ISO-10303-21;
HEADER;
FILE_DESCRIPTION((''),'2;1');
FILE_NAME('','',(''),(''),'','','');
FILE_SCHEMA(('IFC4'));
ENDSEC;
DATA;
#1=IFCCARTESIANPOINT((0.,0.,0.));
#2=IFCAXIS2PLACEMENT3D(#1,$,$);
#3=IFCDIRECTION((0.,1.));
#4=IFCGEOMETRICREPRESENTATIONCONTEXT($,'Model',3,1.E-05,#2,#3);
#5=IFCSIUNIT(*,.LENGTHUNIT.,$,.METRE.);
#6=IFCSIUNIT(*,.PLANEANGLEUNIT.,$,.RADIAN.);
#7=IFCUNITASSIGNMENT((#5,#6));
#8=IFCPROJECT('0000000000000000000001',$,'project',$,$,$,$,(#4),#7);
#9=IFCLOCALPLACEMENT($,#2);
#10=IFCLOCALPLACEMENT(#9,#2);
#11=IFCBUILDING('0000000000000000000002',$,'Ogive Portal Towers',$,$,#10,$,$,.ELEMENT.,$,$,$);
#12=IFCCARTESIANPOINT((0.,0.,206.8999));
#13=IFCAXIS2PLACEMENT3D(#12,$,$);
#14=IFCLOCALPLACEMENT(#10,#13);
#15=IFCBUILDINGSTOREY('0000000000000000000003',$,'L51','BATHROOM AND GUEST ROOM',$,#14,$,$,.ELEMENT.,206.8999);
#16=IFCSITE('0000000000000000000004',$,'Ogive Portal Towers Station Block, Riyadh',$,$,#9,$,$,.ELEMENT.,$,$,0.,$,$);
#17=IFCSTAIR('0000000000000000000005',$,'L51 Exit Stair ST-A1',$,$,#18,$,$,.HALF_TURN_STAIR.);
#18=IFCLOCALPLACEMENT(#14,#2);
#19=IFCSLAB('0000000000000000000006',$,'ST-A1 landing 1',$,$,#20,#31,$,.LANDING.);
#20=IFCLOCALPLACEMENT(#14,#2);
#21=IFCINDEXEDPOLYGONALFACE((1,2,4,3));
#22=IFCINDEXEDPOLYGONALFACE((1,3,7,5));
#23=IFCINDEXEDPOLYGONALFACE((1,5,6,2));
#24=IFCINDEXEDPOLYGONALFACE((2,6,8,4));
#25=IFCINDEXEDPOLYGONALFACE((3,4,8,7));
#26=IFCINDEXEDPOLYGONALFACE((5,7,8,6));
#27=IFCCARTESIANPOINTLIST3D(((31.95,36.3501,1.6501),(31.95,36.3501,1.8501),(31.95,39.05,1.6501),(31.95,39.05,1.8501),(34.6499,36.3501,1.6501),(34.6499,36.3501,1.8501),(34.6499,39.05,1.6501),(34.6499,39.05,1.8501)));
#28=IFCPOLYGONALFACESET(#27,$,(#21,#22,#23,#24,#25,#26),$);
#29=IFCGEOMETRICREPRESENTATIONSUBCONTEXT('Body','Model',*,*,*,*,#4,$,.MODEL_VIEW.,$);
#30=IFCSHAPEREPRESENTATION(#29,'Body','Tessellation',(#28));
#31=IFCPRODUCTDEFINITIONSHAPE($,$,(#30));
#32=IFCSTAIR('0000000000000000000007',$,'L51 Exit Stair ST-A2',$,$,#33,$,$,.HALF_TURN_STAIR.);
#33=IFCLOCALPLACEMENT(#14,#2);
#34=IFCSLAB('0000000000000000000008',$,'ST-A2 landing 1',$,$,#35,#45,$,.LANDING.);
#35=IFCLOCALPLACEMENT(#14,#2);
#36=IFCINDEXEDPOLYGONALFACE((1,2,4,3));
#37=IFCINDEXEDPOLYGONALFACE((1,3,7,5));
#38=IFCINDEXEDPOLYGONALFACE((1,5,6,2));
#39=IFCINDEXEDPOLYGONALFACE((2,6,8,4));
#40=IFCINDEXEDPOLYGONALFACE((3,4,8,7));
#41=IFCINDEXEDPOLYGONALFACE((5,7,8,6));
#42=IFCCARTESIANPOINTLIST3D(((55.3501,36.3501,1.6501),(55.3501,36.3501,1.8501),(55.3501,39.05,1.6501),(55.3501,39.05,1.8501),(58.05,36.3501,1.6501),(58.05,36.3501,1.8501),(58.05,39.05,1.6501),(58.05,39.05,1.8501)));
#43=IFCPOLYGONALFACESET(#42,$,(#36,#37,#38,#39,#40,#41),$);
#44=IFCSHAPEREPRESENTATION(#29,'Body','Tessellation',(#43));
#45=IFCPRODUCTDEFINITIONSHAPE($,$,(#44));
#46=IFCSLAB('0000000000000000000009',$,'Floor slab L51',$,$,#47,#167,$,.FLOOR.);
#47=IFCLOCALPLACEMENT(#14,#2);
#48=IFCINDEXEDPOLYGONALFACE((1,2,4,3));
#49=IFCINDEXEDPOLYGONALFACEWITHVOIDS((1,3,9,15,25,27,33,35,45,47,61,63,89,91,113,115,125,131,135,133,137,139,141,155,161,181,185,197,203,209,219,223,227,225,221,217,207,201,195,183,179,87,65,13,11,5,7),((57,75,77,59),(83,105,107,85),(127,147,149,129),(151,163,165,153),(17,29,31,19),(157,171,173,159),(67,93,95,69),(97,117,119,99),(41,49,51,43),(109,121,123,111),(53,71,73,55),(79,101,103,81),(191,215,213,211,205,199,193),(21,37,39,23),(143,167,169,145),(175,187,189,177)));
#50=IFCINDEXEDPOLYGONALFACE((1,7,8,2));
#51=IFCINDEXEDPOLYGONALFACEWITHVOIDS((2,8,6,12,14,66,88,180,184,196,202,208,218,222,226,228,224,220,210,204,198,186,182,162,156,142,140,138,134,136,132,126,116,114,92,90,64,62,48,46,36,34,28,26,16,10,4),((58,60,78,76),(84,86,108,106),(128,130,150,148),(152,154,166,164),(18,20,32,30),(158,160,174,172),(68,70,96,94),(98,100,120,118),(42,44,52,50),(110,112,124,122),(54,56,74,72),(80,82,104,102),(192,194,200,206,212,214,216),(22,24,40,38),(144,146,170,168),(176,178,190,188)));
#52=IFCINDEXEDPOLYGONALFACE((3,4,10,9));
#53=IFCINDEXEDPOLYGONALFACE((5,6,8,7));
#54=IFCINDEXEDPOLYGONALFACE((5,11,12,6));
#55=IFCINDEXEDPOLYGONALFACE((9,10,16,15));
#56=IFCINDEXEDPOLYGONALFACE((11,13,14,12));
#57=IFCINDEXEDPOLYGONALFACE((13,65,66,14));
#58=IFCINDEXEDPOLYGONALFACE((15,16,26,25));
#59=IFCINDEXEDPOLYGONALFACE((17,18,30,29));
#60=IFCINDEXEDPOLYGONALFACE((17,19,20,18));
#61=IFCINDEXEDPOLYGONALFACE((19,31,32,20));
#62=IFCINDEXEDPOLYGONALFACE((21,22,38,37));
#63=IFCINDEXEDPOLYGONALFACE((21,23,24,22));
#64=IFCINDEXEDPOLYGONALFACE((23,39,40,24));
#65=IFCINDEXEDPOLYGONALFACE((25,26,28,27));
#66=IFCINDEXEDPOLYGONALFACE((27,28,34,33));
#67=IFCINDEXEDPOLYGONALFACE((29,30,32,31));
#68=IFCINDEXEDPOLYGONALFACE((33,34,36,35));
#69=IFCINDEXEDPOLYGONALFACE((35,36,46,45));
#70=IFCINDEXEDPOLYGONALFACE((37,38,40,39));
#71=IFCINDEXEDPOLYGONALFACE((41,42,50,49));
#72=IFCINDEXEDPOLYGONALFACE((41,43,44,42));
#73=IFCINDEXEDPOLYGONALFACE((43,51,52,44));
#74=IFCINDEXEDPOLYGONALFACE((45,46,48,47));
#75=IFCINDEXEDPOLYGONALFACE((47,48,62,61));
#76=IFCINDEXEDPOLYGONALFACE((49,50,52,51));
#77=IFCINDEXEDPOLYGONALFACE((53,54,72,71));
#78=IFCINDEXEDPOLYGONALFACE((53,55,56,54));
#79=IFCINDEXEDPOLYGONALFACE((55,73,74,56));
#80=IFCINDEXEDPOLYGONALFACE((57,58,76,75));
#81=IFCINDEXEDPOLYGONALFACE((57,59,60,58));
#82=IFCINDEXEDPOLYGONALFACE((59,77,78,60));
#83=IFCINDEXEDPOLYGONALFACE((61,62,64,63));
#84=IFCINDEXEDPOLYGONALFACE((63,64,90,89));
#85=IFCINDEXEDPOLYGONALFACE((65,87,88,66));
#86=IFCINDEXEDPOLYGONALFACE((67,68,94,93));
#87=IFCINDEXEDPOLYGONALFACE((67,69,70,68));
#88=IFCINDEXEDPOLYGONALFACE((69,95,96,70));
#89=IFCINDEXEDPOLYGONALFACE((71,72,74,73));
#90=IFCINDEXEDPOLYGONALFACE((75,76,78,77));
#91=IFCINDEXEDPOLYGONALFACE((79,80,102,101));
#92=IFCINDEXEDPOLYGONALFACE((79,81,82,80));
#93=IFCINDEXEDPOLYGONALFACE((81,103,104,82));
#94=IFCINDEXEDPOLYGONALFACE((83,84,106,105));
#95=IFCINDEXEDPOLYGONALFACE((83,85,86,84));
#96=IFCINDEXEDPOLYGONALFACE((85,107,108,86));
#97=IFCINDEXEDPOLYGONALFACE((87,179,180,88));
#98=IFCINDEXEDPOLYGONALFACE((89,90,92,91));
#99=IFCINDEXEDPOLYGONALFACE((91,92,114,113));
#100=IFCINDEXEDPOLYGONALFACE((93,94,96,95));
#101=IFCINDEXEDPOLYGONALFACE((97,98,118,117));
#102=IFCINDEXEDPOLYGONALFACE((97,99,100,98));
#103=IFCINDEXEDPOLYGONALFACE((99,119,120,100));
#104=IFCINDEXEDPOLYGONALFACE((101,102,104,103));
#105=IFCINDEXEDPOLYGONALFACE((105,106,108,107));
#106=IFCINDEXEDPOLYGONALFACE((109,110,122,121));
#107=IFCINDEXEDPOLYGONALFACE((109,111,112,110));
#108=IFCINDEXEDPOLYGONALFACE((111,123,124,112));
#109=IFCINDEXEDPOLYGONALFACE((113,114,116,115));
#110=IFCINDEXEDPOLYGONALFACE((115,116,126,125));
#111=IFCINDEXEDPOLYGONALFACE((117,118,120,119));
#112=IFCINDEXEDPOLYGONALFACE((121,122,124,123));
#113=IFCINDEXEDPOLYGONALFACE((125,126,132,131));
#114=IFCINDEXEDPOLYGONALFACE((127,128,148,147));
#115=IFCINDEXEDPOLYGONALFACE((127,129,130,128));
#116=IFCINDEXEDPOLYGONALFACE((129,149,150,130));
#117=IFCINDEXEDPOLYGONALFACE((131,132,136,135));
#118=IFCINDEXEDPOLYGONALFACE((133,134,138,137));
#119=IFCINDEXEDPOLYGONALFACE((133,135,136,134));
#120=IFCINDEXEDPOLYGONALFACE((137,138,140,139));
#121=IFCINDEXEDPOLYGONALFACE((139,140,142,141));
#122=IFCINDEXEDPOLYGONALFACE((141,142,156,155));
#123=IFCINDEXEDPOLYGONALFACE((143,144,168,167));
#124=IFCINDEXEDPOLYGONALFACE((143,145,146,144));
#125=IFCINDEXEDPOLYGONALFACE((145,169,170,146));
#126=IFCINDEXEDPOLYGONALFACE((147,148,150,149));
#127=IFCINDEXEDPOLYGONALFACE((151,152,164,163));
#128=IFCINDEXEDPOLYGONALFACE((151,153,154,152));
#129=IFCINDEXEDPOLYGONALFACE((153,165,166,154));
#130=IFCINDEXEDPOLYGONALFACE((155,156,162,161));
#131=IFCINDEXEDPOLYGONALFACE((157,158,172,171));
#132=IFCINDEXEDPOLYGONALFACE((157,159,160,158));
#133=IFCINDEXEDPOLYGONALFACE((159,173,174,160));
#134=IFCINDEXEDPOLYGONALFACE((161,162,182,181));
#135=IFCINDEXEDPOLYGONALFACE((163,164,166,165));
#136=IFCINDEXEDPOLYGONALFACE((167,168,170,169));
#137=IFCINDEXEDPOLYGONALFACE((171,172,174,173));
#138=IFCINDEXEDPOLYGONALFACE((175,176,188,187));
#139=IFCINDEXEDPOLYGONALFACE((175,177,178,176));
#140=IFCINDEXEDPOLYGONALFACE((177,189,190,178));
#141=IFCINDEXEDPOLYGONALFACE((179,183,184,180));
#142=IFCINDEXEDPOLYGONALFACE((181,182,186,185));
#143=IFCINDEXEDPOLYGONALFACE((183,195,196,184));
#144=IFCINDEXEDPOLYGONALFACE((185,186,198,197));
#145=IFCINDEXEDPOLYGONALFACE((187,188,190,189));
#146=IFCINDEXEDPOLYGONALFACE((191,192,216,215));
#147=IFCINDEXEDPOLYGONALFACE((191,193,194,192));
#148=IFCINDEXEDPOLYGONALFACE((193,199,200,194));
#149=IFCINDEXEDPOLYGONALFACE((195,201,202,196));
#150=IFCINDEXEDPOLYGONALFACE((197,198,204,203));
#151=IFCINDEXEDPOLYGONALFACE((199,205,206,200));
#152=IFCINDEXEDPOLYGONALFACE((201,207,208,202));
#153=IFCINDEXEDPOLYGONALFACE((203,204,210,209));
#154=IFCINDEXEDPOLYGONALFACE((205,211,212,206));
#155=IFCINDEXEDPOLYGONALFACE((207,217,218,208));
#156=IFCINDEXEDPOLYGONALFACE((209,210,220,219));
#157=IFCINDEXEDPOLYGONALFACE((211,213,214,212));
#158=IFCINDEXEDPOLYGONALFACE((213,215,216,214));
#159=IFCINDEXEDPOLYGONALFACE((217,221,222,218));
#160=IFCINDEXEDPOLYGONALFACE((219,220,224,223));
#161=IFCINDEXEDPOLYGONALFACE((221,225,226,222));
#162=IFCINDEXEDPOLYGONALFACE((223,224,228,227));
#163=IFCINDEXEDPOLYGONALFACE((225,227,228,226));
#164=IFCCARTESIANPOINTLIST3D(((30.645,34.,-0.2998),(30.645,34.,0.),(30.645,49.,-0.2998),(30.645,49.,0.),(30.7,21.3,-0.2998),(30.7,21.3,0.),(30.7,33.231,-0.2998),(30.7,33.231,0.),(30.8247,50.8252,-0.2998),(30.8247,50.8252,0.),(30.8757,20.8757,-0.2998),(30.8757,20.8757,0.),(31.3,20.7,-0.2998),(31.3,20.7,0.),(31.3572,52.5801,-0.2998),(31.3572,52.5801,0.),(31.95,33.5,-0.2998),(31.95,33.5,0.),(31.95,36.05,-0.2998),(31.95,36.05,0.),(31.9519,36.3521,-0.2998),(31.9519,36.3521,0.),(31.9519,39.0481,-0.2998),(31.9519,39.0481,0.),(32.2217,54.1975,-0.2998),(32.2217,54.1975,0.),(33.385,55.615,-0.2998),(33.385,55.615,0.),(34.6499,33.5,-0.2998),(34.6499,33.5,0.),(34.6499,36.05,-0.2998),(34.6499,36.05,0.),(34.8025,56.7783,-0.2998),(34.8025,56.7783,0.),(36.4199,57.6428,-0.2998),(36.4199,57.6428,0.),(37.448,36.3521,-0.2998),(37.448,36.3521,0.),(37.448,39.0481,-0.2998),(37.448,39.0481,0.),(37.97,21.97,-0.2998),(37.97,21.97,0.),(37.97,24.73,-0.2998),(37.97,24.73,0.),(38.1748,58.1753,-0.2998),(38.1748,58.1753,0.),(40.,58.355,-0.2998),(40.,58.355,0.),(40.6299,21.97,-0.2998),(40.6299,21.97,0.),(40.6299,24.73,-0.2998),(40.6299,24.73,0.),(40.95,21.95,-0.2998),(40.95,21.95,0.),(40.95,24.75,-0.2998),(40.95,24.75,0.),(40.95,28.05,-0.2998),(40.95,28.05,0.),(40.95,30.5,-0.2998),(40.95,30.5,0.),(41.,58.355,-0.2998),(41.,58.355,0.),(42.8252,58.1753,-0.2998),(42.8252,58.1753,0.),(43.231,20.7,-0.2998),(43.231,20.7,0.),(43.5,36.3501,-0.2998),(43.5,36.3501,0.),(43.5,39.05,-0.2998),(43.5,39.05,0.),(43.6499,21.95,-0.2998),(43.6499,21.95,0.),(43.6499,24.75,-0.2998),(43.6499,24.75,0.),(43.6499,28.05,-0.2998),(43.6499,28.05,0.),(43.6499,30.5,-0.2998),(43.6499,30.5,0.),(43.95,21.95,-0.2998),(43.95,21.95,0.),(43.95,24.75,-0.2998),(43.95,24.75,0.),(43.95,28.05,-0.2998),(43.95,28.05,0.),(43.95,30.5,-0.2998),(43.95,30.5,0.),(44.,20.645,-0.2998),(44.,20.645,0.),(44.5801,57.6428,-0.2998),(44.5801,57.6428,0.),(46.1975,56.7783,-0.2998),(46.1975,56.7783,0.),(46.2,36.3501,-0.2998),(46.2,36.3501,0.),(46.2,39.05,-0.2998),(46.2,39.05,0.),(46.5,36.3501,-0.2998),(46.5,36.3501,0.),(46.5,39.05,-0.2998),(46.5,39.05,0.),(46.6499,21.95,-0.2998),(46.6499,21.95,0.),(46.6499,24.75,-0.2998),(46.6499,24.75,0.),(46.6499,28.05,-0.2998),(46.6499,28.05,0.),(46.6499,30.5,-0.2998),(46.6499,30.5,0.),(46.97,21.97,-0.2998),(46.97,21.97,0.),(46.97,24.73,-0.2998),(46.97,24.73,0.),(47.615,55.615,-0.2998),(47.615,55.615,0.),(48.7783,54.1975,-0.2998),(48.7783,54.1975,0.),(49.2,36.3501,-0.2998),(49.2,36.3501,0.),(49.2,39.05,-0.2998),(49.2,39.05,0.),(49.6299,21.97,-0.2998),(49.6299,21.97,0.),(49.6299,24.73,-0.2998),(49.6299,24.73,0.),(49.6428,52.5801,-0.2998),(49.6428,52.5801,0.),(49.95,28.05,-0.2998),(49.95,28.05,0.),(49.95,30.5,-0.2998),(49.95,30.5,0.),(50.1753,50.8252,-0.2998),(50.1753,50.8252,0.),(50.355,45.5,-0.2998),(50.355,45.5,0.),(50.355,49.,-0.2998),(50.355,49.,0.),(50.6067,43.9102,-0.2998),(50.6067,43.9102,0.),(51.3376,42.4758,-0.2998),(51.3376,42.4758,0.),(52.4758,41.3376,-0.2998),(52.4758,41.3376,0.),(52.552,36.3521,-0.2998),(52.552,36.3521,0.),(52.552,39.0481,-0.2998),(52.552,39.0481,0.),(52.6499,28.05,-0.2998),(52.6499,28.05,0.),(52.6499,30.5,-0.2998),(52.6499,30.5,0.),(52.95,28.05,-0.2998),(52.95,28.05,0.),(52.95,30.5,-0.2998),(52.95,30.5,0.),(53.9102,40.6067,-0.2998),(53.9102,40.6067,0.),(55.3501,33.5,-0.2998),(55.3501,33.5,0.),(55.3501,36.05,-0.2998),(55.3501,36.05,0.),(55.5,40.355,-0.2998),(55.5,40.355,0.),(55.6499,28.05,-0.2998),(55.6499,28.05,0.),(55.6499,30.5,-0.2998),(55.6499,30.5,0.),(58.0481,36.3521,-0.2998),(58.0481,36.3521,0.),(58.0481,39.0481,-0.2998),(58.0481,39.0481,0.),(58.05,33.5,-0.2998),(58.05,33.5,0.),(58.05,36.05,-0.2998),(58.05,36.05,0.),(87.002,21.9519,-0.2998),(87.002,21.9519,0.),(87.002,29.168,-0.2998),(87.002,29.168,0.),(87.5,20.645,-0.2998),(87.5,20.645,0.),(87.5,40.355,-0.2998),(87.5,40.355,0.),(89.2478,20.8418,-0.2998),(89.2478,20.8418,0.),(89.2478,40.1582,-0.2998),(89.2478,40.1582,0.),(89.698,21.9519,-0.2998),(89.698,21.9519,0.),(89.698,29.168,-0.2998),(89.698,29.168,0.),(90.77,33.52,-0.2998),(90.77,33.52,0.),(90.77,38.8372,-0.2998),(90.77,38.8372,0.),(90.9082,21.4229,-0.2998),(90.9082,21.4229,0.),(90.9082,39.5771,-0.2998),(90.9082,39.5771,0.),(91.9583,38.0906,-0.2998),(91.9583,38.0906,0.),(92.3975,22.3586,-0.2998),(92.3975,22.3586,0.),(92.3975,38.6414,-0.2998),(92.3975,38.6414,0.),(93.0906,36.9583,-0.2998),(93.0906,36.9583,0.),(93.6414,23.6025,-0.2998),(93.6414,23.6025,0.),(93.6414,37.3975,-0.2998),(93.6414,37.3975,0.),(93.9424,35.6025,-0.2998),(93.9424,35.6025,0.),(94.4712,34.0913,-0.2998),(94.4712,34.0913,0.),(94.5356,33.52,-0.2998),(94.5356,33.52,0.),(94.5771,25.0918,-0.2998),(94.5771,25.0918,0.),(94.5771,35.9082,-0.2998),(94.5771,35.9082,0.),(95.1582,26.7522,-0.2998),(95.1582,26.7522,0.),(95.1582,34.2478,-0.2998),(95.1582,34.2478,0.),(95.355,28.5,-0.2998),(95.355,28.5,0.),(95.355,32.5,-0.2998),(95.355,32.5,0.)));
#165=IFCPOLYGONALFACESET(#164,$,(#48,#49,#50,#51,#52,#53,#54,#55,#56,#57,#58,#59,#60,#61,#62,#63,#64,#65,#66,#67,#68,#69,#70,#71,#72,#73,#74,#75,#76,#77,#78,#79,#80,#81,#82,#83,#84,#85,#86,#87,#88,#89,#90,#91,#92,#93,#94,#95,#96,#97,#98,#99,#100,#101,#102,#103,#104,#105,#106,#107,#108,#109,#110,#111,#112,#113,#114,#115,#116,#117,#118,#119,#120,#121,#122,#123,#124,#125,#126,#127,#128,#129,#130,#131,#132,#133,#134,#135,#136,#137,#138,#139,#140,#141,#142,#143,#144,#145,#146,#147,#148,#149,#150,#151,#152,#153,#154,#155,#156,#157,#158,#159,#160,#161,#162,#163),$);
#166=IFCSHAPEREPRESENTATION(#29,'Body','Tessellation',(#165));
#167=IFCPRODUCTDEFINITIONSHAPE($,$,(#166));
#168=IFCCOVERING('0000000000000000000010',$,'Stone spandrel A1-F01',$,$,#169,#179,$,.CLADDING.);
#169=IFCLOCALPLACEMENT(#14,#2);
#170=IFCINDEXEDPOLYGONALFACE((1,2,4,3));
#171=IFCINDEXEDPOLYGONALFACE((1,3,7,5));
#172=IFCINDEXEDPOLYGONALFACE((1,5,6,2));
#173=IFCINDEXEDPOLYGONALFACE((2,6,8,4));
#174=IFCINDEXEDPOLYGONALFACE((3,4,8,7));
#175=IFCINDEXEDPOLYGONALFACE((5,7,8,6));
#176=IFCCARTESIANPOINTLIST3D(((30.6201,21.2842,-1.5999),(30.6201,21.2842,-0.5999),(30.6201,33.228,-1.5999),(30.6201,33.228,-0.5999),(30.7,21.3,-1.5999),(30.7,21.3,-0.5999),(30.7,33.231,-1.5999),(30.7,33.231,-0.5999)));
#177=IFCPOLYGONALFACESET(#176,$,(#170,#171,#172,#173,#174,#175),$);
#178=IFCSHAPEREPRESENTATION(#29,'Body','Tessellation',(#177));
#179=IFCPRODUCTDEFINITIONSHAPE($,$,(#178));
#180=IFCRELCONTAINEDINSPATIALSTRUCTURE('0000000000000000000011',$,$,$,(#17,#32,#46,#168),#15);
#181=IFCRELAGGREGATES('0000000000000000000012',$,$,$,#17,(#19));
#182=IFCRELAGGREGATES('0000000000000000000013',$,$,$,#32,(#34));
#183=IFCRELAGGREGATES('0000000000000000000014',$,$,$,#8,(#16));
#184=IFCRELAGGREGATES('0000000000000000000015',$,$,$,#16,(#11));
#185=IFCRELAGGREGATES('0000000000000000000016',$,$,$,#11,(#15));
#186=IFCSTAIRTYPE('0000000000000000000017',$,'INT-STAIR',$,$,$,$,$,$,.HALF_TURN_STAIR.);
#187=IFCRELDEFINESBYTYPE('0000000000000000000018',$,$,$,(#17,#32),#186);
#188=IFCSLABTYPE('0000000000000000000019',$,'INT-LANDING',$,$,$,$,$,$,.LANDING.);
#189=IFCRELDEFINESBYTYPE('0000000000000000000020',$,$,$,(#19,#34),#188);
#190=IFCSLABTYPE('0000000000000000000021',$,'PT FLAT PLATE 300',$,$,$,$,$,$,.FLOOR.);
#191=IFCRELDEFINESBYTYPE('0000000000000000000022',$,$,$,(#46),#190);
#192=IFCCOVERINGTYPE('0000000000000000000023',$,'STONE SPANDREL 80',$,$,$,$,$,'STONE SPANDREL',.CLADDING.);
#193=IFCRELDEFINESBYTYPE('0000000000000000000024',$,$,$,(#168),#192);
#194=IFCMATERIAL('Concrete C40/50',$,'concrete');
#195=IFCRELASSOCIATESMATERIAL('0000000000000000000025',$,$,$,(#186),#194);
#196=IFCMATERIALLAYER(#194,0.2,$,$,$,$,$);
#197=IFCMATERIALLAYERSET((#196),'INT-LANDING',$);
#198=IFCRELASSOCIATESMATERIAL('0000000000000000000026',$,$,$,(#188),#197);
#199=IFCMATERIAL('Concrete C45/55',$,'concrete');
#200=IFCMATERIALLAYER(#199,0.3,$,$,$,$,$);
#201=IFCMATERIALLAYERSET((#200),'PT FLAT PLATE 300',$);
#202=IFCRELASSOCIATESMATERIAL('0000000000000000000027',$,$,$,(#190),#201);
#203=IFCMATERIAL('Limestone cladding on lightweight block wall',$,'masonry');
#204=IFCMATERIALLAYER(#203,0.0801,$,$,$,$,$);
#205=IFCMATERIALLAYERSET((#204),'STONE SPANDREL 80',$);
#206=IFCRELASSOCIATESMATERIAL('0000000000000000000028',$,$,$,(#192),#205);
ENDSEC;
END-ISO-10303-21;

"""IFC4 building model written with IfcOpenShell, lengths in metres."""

from ifc_helpers import new_model, si_unit, direction, frame, origin, place, context, subcontext, project, spatial, polyline, outline, extrude, material, layer, layer_set, type_object, element, aggregate, save


model = new_model("IFC4")

# Units and contexts
model_context = context("Model", 3, precision=1e-05, world=origin(), true_north=direction((0.0, 1.0)))
body_context = subcontext(model_context, "Body", "Model", "MODEL_VIEW")
ifc_project = project(units=[si_unit("LENGTHUNIT", "METRE"), si_unit("PLANEANGLEUNIT", "RADIAN")], contexts=[model_context])

# Site, building, storey
site_placement = place(None, origin())
site = spatial("IfcSite", under=ifc_project, at=site_placement, Name="Ogive Portal Towers Station Block, Riyadh", CompositionType="ELEMENT", RefElevation=0.0)
building_placement = place(site_placement, origin())
building = spatial("IfcBuilding", under=site, at=building_placement, Name="Ogive Portal Towers", CompositionType="ELEMENT")
storey_placement = place(building_placement, frame((0.0, 0.0, 206.8999)))
storey = spatial("IfcBuildingStorey", under=building, at=storey_placement, Name="L51", Description="BATHROOM AND GUEST ROOM", CompositionType="ELEMENT", Elevation=206.8999)

# Stairs, slabs
ifc_material_1 = material(Name="Concrete C40/50", Category="concrete")
stair_type = type_object("IfcStairType", Name="INT-STAIR", PredefinedType="HALF_TURN_STAIR", material=ifc_material_1)
stair_1_placement = place(storey_placement, origin())
stair_1 = element("IfcStair", 1, at=stair_1_placement, inside=storey, type_object=stair_type, Name="L51 Exit Stair ST-A1", PredefinedType="HALF_TURN_STAIR")
ifc_layer_1 = layer(ifc_material_1, 0.2)
ifc_layer_set_1 = layer_set([ifc_layer_1], Name="INT-LANDING")
slab_type_1 = type_object("IfcSlabType", Name="INT-LANDING", PredefinedType="LANDING", material=ifc_layer_set_1)
slab_1_placement = place(storey_placement, frame((0.0, 0.0, 1.6501)))
slab_1 = element("IfcSlab", 2, at=slab_1_placement, type_object=slab_type_1, Name="ST-A1 landing 1", PredefinedType="LANDING", context=body_context, shape_type="SweptSolid", body=[
    extrude(outline(polyline([(34.6499, 39.05), (31.95, 39.05), (31.95, 36.3501), (34.6499, 36.3501), (34.6499, 39.05)])), origin(), (0.0, 0.0, 1.0), 0.2),
])
aggregate(stair_1, [slab_1])
stair_2_placement = place(storey_placement, origin())
stair_2 = element("IfcStair", 3, at=stair_2_placement, inside=storey, type_object=stair_type, Name="L51 Exit Stair ST-A2", PredefinedType="HALF_TURN_STAIR")
slab_2_placement = place(storey_placement, frame((0.0, 0.0, 1.6501)))
slab_2 = element("IfcSlab", 4, at=slab_2_placement, type_object=slab_type_1, Name="ST-A2 landing 1", PredefinedType="LANDING", context=body_context, shape_type="SweptSolid", body=[
    extrude(outline(polyline([(55.3501, 36.3501), (58.05, 36.3501), (58.05, 39.05), (55.3501, 39.05), (55.3501, 36.3501)])), origin(), (0.0, 0.0, 1.0), 0.2),
])
aggregate(stair_2, [slab_2])

# Slab
ifc_material_2 = material(Name="Concrete C45/55", Category="concrete")
ifc_layer_2 = layer(ifc_material_2, 0.3)
ifc_layer_set_2 = layer_set([ifc_layer_2], Name="PT FLAT PLATE 300")
slab_type_2 = type_object("IfcSlabType", Name="PT FLAT PLATE 300", PredefinedType="FLOOR", material=ifc_layer_set_2)
slab_3_placement = place(storey_placement, frame((0.0, 0.0, -0.2998)))
element("IfcSlab", 5, at=slab_3_placement, inside=storey, type_object=slab_type_2, Name="Floor slab L51", PredefinedType="FLOOR", context=body_context, shape_type="SweptSolid", body=[
    extrude(outline(polyline([(30.645, 49.0), (30.645, 34.0), (30.7, 33.231), (30.7, 21.3), (30.8757, 20.8757), (31.3, 20.7), (43.231, 20.7), (44.0, 20.645), (87.5, 20.645), (89.2478, 20.8418), (90.9082, 21.4229), (92.3975, 22.3586), (93.6414, 23.6025), (94.5771, 25.0918), (95.1582, 26.7522), (95.355, 28.5), (95.355, 32.5), (95.1582, 34.2478), (94.5771, 35.9082), (93.6414, 37.3975), (92.3975, 38.6414), (90.9082, 39.5771), (89.2478, 40.1582), (87.5, 40.355), (55.5, 40.355), (53.9102, 40.6067), (52.4758, 41.3376), (51.3376, 42.4758), (50.6067, 43.9102), (50.355, 45.5), (50.355, 49.0), (50.1753, 50.8252), (49.6428, 52.5801), (48.7783, 54.1975), (47.615, 55.615), (46.1975, 56.7783), (44.5801, 57.6428), (42.8252, 58.1753), (41.0, 58.355), (40.0, 58.355), (38.1748, 58.1753), (36.4199, 57.6428), (34.8025, 56.7783), (33.385, 55.615), (32.2217, 54.1975), (31.3572, 52.5801), (30.8247, 50.8252), (30.645, 49.0)]), holes=[polyline([(40.6299, 21.97), (37.97, 21.97), (37.97, 24.73), (40.6299, 24.73), (40.6299, 21.97)]), polyline([(43.6499, 24.75), (43.6499, 21.95), (40.95, 21.95), (40.95, 24.75), (43.6499, 24.75)]), polyline([(46.6499, 24.75), (46.6499, 21.95), (43.95, 21.95), (43.95, 24.75), (46.6499, 24.75)]), polyline([(43.6499, 30.5), (43.6499, 28.05), (40.95, 28.05), (40.95, 30.5), (43.6499, 30.5)]), polyline([(46.6499, 30.5), (46.6499, 28.05), (43.95, 28.05), (43.95, 30.5), (46.6499, 30.5)]), polyline([(34.6499, 36.05), (34.6499, 33.5), (31.95, 33.5), (31.95, 36.05), (34.6499, 36.05)]), polyline([(31.9519, 39.0481), (37.448, 39.0481), (37.448, 36.3521), (31.9519, 36.3521), (31.9519, 39.0481)]), polyline([(46.2, 39.05), (46.2, 36.3501), (43.5, 36.3501), (43.5, 39.05), (46.2, 39.05)]), polyline([(49.6299, 21.97), (46.97, 21.97), (46.97, 24.73), (49.6299, 24.73), (49.6299, 21.97)]), polyline([(87.002, 21.9519), (87.002, 29.168), (89.698, 29.168), (89.698, 21.9519), (87.002, 21.9519)]), polyline([(52.6499, 30.5), (52.6499, 28.05), (49.95, 28.05), (49.95, 30.5), (52.6499, 30.5)]), polyline([(55.6499, 30.5), (55.6499, 28.05), (52.95, 28.05), (52.95, 30.5), (55.6499, 30.5)]), polyline([(58.05, 36.05), (58.05, 33.5), (55.3501, 33.5), (55.3501, 36.05), (58.05, 36.05)]), polyline([(93.0906, 36.9583), (93.9424, 35.6025), (94.4712, 34.0913), (94.5356, 33.52), (90.77, 33.52), (90.77, 38.8372), (91.9583, 38.0906), (93.0906, 36.9583)]), polyline([(49.2, 39.05), (49.2, 36.3501), (46.5, 36.3501), (46.5, 39.05), (49.2, 39.05)]), polyline([(58.0481, 36.3521), (52.552, 36.3521), (52.552, 39.0481), (58.0481, 39.0481), (58.0481, 36.3521)])]), origin(), (0.0, 0.0, 1.0), 0.2998),
])

# Covering
ifc_material_3 = material(Name="Limestone cladding on lightweight block wall", Category="masonry")
ifc_layer_3 = layer(ifc_material_3, 0.0801)
ifc_layer_set_3 = layer_set([ifc_layer_3], Name="STONE SPANDREL 80")
covering_type_1 = type_object("IfcCoveringType", Name="STONE SPANDREL 80", ElementType="STONE SPANDREL", PredefinedType="CLADDING", material=ifc_layer_set_3)
covering_1_placement = place(storey_placement, frame((0.0, 0.0, -1.5999)))
element("IfcCovering", 6, at=covering_1_placement, inside=storey, type_object=covering_type_1, Name="Stone spandrel A1-F01", PredefinedType="CLADDING", context=body_context, shape_type="SweptSolid", body=[
    extrude(outline(polyline([(30.7, 33.231), (30.7, 21.3), (30.6201, 21.2842), (30.6201, 33.228), (30.7, 33.231)])), origin(), (0.0, 0.0, 1.0), 1.0),
])

save(model, "model.ifc")
